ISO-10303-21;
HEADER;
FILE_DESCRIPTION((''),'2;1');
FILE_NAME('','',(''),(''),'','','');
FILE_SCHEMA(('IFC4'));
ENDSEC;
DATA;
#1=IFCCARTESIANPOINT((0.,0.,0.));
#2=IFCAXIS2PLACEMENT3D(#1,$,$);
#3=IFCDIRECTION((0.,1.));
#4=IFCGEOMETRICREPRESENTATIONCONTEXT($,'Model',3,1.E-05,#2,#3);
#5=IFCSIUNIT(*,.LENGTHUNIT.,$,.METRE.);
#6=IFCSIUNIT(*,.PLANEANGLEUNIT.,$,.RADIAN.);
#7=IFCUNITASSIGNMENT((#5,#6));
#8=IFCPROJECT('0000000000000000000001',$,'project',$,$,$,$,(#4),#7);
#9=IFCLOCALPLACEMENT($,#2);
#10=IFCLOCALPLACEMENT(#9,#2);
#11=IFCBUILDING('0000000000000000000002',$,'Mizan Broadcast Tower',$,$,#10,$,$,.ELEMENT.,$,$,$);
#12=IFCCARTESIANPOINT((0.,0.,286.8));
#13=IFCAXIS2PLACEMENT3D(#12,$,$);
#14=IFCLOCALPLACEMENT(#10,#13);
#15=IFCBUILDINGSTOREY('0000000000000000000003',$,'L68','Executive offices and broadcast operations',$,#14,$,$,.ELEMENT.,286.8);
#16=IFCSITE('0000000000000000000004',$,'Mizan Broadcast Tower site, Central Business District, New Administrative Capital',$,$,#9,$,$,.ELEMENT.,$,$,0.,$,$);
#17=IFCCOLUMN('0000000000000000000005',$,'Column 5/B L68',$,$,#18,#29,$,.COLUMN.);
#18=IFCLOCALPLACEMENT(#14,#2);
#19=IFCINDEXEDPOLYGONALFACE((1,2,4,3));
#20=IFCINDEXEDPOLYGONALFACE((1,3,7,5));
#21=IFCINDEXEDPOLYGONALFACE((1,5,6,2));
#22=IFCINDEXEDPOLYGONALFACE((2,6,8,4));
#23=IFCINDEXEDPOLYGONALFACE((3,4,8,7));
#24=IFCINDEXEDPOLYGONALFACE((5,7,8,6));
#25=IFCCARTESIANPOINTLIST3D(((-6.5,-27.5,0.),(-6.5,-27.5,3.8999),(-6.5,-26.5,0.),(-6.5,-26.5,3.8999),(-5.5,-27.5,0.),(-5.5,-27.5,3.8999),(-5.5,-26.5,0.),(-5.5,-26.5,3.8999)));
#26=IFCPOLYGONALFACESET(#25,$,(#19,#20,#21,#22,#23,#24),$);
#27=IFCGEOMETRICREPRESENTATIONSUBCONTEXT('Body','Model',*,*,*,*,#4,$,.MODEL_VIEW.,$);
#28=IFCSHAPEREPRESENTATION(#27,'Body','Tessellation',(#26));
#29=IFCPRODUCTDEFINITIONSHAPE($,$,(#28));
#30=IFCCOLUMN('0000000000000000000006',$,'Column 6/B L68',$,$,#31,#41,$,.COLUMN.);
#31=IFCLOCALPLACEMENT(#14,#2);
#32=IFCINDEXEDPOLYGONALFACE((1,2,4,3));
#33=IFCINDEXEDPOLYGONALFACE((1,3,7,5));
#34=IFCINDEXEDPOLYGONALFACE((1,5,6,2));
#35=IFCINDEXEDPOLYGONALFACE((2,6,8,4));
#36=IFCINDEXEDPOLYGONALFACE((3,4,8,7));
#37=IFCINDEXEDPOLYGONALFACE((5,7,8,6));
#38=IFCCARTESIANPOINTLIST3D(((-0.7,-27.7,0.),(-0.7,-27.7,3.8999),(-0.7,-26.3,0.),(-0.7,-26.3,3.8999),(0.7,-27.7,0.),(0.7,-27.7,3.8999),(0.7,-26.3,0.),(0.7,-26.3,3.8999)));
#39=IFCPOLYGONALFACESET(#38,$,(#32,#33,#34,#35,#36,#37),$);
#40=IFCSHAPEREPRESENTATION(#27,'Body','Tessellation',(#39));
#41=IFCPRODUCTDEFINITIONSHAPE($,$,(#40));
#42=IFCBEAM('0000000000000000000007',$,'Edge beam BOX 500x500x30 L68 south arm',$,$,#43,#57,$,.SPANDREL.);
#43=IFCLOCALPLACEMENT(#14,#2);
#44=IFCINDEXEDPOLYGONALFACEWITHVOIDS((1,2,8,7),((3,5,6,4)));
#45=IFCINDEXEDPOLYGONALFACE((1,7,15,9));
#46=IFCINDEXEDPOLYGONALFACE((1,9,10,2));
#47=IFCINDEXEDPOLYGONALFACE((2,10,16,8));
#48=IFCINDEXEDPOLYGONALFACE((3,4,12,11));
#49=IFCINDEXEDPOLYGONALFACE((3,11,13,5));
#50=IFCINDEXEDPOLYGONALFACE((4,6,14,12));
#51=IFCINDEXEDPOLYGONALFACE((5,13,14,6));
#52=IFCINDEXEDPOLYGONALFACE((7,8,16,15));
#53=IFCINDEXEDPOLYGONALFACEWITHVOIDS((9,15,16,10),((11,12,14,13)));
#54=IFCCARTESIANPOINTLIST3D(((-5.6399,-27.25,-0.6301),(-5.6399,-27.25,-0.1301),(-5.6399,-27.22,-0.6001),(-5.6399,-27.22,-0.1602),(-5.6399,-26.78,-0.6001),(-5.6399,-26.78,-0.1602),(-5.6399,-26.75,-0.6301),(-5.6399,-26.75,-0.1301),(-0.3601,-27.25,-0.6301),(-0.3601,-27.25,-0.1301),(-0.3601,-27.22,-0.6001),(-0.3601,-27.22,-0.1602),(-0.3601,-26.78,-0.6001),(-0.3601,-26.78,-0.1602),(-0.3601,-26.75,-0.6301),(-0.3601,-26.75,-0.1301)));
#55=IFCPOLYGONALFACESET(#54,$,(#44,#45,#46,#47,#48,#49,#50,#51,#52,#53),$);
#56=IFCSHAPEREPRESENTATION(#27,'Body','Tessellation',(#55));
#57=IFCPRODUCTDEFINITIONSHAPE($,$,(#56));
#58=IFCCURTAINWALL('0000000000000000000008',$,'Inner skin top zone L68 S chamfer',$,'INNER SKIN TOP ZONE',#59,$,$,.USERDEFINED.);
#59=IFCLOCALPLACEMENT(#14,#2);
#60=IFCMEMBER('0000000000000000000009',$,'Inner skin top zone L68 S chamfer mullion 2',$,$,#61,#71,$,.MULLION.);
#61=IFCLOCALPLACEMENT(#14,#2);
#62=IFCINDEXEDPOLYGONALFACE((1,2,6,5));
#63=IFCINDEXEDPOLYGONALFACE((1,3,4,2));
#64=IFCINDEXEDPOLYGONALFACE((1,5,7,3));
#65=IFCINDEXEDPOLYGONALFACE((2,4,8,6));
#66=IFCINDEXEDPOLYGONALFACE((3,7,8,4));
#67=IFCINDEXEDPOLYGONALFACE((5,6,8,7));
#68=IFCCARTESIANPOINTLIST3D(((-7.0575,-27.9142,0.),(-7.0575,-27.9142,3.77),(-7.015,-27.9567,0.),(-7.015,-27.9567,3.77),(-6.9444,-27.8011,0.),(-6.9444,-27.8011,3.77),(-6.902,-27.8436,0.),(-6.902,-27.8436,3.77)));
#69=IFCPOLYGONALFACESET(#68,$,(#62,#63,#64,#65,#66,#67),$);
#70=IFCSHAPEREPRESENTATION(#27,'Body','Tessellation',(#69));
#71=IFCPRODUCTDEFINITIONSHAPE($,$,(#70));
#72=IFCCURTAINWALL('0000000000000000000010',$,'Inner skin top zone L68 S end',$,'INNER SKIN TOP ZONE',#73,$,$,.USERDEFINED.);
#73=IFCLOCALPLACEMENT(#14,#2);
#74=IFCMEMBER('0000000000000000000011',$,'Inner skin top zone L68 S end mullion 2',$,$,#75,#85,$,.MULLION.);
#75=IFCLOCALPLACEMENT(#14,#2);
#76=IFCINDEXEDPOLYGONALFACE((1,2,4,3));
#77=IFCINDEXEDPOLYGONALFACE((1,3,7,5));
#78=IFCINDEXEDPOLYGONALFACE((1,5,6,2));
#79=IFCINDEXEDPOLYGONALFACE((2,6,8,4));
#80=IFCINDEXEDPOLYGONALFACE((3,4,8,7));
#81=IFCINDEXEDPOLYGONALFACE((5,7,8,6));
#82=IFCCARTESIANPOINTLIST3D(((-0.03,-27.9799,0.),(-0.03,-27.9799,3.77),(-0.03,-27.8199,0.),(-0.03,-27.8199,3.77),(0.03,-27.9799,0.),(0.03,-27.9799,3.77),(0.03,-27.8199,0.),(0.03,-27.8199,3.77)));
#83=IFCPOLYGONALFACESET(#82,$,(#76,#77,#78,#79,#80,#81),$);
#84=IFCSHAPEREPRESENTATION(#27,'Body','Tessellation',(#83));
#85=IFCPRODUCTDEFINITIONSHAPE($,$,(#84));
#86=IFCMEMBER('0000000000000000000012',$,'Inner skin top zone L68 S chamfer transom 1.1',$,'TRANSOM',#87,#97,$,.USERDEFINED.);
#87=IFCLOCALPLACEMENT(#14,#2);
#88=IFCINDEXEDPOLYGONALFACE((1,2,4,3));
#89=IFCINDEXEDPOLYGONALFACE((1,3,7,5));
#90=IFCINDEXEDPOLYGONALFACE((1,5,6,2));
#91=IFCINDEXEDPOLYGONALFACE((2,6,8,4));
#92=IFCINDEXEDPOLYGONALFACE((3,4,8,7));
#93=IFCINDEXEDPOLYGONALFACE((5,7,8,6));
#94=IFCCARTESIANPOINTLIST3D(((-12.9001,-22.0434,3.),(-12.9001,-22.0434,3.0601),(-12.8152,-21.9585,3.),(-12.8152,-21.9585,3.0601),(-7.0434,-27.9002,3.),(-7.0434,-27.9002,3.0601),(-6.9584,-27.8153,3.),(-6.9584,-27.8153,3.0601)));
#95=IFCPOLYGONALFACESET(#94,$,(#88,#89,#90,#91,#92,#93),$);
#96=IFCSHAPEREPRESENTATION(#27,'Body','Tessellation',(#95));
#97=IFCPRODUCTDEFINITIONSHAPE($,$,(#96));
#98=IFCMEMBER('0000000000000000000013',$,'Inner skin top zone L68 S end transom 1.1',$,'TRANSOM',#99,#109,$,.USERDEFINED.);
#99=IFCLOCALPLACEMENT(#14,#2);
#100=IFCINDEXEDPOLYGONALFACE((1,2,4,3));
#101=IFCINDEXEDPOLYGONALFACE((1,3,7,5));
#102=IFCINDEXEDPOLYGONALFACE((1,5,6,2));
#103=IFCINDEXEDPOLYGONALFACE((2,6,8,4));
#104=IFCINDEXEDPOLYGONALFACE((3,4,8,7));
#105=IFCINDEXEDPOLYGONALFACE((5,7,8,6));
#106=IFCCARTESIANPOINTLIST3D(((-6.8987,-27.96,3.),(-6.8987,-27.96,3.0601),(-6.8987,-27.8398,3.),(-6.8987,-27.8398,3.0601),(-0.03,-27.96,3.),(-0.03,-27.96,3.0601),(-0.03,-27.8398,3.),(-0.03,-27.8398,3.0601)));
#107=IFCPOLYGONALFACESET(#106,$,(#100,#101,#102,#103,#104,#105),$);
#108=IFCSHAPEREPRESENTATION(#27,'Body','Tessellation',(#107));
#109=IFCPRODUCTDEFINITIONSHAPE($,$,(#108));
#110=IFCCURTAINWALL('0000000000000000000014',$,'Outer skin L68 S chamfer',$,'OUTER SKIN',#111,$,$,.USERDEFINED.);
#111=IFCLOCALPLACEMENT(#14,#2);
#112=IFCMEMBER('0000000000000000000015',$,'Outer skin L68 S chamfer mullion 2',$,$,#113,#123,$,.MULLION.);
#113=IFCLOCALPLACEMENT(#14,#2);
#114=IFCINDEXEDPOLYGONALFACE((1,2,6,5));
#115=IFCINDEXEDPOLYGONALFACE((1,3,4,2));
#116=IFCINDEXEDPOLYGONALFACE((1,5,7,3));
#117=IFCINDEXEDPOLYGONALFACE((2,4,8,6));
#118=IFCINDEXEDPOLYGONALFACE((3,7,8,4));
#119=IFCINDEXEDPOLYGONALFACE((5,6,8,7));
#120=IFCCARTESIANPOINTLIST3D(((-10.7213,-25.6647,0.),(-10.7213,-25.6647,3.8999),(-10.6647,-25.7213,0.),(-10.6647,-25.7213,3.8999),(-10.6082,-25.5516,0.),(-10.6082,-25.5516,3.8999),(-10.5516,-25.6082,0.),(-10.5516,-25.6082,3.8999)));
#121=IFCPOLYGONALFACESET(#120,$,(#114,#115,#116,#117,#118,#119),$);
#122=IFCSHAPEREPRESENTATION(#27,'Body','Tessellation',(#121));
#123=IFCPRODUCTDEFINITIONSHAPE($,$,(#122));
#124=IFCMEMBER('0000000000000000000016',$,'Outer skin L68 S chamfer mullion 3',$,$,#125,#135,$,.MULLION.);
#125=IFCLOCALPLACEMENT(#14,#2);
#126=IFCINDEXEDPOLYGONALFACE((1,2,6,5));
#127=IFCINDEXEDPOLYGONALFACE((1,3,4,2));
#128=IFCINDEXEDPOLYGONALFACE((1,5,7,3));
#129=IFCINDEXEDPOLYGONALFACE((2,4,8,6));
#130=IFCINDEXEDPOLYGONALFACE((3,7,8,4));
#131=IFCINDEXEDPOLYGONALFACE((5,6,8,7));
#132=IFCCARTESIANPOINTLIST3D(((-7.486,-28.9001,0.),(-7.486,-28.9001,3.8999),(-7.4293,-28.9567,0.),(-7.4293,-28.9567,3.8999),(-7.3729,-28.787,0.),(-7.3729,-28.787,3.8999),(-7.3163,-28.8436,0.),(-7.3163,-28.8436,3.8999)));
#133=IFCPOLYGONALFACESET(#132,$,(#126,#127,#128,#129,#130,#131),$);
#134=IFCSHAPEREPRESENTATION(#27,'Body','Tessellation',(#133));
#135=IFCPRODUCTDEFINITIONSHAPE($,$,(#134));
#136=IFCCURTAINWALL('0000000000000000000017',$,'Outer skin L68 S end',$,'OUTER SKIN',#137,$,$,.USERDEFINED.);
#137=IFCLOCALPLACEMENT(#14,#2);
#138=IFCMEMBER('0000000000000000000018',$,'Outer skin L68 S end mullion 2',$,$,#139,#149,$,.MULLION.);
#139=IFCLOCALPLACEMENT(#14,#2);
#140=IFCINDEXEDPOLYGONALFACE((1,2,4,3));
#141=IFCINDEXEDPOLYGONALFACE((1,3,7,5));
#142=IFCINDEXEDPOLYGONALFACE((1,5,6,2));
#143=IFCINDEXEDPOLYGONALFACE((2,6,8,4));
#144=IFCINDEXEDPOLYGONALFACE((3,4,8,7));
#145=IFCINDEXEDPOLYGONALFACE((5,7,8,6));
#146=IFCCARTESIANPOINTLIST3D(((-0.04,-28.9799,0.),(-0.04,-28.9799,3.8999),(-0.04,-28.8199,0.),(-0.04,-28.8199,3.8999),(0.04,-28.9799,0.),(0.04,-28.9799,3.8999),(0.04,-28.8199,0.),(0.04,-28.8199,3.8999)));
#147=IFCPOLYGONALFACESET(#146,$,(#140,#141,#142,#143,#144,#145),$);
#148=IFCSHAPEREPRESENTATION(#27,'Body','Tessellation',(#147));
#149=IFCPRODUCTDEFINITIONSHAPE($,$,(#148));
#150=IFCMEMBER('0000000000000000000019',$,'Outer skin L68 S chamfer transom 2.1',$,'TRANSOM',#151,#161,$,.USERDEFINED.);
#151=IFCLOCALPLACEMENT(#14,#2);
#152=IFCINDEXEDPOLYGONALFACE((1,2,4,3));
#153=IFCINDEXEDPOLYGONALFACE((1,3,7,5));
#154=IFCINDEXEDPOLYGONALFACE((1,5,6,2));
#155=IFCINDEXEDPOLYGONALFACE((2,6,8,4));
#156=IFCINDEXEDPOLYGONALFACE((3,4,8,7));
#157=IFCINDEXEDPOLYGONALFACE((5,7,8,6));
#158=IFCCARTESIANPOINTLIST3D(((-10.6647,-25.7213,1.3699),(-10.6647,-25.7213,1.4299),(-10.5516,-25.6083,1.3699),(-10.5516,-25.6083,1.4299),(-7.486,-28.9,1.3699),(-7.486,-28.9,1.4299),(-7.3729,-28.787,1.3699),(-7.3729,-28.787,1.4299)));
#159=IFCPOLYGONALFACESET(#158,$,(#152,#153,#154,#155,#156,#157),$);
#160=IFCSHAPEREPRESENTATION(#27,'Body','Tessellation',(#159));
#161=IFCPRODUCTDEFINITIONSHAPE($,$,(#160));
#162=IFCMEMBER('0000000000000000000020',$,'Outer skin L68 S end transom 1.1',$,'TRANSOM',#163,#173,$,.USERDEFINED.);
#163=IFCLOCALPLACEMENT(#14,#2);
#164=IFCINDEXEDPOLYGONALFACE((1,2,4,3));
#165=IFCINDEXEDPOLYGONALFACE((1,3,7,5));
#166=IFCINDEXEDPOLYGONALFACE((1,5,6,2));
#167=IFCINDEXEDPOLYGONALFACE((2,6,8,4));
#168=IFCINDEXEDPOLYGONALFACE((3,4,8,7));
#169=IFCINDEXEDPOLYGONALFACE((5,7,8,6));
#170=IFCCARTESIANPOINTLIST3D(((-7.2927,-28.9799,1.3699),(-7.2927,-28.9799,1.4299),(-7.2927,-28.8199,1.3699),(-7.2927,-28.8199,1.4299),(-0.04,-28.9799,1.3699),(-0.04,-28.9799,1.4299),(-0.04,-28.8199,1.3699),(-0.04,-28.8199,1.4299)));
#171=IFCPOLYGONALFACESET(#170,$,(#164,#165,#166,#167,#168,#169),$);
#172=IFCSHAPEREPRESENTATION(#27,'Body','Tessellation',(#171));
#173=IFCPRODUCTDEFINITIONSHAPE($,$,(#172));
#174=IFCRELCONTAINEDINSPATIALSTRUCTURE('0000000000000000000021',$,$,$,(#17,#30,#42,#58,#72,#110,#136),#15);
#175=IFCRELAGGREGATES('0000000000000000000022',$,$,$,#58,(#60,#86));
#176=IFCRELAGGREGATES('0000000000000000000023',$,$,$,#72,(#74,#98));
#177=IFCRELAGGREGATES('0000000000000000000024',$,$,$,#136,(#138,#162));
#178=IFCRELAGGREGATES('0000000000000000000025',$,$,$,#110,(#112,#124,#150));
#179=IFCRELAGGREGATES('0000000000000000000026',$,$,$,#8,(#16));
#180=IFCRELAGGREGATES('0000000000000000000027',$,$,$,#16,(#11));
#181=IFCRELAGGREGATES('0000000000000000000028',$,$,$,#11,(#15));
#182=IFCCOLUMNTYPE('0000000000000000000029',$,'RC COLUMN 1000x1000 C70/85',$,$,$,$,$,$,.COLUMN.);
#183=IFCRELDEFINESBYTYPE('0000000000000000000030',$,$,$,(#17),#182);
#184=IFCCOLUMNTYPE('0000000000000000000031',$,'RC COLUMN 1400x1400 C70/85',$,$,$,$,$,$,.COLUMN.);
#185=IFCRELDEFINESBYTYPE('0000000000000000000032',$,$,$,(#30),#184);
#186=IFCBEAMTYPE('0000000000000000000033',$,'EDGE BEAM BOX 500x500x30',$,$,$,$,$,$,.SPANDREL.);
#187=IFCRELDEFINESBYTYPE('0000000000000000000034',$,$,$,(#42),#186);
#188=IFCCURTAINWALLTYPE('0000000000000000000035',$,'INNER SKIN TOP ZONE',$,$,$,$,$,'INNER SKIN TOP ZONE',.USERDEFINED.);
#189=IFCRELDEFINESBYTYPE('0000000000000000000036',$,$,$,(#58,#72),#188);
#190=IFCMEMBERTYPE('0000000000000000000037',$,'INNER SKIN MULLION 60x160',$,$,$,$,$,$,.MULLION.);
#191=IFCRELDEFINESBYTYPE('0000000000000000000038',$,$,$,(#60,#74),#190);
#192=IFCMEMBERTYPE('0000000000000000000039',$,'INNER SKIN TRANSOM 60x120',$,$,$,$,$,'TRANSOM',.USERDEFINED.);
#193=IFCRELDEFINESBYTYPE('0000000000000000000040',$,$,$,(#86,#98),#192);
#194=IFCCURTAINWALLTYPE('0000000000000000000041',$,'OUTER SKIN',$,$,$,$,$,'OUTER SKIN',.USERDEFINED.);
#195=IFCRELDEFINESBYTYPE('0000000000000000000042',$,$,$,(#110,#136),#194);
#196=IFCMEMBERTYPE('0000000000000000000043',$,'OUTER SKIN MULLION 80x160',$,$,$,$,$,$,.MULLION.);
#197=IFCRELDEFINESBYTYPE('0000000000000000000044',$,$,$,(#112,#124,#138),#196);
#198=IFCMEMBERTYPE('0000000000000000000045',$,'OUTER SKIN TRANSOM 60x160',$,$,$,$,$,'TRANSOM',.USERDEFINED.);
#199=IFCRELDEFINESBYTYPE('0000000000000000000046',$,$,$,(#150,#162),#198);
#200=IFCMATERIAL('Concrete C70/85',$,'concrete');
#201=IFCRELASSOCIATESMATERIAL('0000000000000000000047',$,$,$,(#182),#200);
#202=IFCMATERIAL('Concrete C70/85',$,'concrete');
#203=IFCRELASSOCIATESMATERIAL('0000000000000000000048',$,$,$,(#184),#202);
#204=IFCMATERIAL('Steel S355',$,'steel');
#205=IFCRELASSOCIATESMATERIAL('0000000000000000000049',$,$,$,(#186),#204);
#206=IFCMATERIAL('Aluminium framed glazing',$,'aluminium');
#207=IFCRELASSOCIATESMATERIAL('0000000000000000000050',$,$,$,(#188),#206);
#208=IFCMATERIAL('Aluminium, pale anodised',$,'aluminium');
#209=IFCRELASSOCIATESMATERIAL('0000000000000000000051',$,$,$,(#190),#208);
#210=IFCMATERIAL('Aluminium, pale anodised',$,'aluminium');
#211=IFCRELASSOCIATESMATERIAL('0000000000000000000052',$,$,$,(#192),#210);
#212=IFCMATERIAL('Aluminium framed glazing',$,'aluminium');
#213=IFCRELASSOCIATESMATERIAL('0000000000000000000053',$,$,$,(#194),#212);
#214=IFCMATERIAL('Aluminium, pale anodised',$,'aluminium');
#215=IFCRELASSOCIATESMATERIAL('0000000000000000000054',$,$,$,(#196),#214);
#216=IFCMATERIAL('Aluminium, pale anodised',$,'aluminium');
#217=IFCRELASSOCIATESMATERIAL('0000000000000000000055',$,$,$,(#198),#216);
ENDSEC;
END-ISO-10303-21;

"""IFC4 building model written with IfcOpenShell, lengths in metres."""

from ifc_helpers import new_model, si_unit, direction, frame, origin, origin_2d, place, context, subcontext, project, spatial, rectangle, hollow_rectangle, extrude, material, material_profile, profile_set, type_object, element, aggregate, save


model = new_model("IFC4")

# Units and contexts
model_context = context("Model", 3, precision=1e-05, world=origin(), true_north=direction((0.0, 1.0)))
body_context = subcontext(model_context, "Body", "Model", "MODEL_VIEW")
ifc_project = project(units=[si_unit("LENGTHUNIT", "METRE"), si_unit("PLANEANGLEUNIT", "RADIAN")], contexts=[model_context])

# Site, building, storey
site_placement = place(None, origin())
site = spatial("IfcSite", under=ifc_project, at=site_placement, Name="Mizan Broadcast Tower site, Central Business District, New Administrative Capital", CompositionType="ELEMENT", RefElevation=0.0)
building_placement = place(site_placement, origin())
building = spatial("IfcBuilding", under=site, at=building_placement, Name="Mizan Broadcast Tower", CompositionType="ELEMENT")
storey_placement = place(building_placement, frame((0.0, 0.0, 286.8)))
storey = spatial("IfcBuildingStorey", under=building, at=storey_placement, Name="L68", Description="Executive offices and broadcast operations", CompositionType="ELEMENT", Elevation=286.8)

# Columns
ifc_material_1 = material(Name="Concrete C70/85", Category="concrete")
ifc_material_profile_1 = material_profile(ifc_material_1, rectangle(XDim=1.0, YDim=1.0, at=origin_2d()), Name="RC 1000x1000")
ifc_profile_set_1 = profile_set([ifc_material_profile_1], Name="Concrete C70/85")
column_type_1 = type_object("IfcColumnType", Name="RC COLUMN 1000x1000 C70/85", PredefinedType="COLUMN", material=ifc_profile_set_1)
column_1_placement = place(storey_placement, frame((-6.0, -27.0, 0.0), z_axis=(0.0, 0.0, 1.0), x_axis=(1.0, 0.0, 0.0)))
element("IfcColumn", 1, at=column_1_placement, inside=storey, type_object=column_type_1, Name="Column 5/B L68", PredefinedType="COLUMN", context=body_context, shape_type="SweptSolid", body=[
    extrude(rectangle(XDim=1.0, YDim=1.0, at=origin_2d()), origin(), (0.0, 0.0, 1.0), 3.8999),
])
ifc_material_2 = material(Name="Concrete C70/85", Category="concrete")
ifc_material_profile_2 = material_profile(ifc_material_2, rectangle(XDim=1.3999, YDim=1.3999, at=origin_2d()), Name="RC 1400x1400")
ifc_profile_set_2 = profile_set([ifc_material_profile_2], Name="Concrete C70/85")
column_type_2 = type_object("IfcColumnType", Name="RC COLUMN 1400x1400 C70/85", PredefinedType="COLUMN", material=ifc_profile_set_2)
column_2_placement = place(storey_placement, frame((0.0, -27.0, 0.0), z_axis=(0.0, 0.0, 1.0), x_axis=(1.0, 0.0, 0.0)))
element("IfcColumn", 2, at=column_2_placement, inside=storey, type_object=column_type_2, Name="Column 6/B L68", PredefinedType="COLUMN", context=body_context, shape_type="SweptSolid", body=[
    extrude(rectangle(XDim=1.3999, YDim=1.3999, at=origin_2d()), origin(), (0.0, 0.0, 1.0), 3.8999),
])

# Beam
ifc_material_3 = material(Name="Steel S355", Category="steel")
ifc_material_profile_3 = material_profile(ifc_material_3, hollow_rectangle(XDim=0.5, YDim=0.5, WallThickness=0.03, at=origin_2d()), Name="BOX 500x500x30")
ifc_profile_set_3 = profile_set([ifc_material_profile_3], Name="Steel S355")
beam_type_1 = type_object("IfcBeamType", Name="EDGE BEAM BOX 500x500x30", PredefinedType="SPANDREL", material=ifc_profile_set_3)
beam_1_placement = place(storey_placement, frame((-5.6399, -27.0, -0.3801), z_axis=(1.0, 0.0, 0.0), x_axis=(0.0, 1.0, 0.0)))
element("IfcBeam", 3, at=beam_1_placement, inside=storey, type_object=beam_type_1, Name="Edge beam BOX 500x500x30 L68 south arm", PredefinedType="SPANDREL", context=body_context, shape_type="SweptSolid", body=[
    extrude(hollow_rectangle(XDim=0.5, YDim=0.5, WallThickness=0.03, at=origin_2d()), origin(), (0.0, 0.0, 1.0), 5.2798),
])

# Curtain walls, members
ifc_material_4 = material(Name="Aluminium framed glazing", Category="aluminium")
curtain_wall_type_1 = type_object("IfcCurtainWallType", Name="INNER SKIN TOP ZONE", ElementType="INNER SKIN TOP ZONE", PredefinedType="USERDEFINED", material=ifc_material_4)
curtain_wall_1_placement = place(storey_placement, origin())
curtain_wall_1 = element("IfcCurtainWall", 4, at=curtain_wall_1_placement, inside=storey, type_object=curtain_wall_type_1, Name="Inner skin top zone L68 S chamfer", ObjectType="INNER SKIN TOP ZONE", PredefinedType="USERDEFINED")
ifc_material_5 = material(Name="Aluminium, pale anodised", Category="aluminium")
ifc_material_profile_4 = material_profile(ifc_material_5, rectangle(XDim=0.1599, YDim=0.0601, at=origin_2d()), Name="MULLION 160x60")
ifc_profile_set_4 = profile_set([ifc_material_profile_4], Name="Aluminium, pale anodised")
member_type_1 = type_object("IfcMemberType", Name="INNER SKIN MULLION 60x160", PredefinedType="MULLION", material=ifc_profile_set_4)
member_1_placement = place(storey_placement, frame((-6.9797, -27.8789, 0.0), z_axis=(0.0, 0.0, 1.0), x_axis=(0.707107, 0.707107, 0.0)))
member_1 = element("IfcMember", 5, at=member_1_placement, type_object=member_type_1, Name="Inner skin top zone L68 S chamfer mullion 2", PredefinedType="MULLION", context=body_context, shape_type="SweptSolid", body=[
    extrude(rectangle(XDim=0.1599, YDim=0.0601, at=origin_2d()), origin(), (0.0, 0.0, 1.0), 3.77),
])
curtain_wall_2_placement = place(storey_placement, origin())
curtain_wall_2 = element("IfcCurtainWall", 6, at=curtain_wall_2_placement, inside=storey, type_object=curtain_wall_type_1, Name="Inner skin top zone L68 S end", ObjectType="INNER SKIN TOP ZONE", PredefinedType="USERDEFINED")
member_2_placement = place(storey_placement, frame((0.0, -27.8999, 0.0), z_axis=(0.0, 0.0, 1.0), x_axis=(0.0, 1.0, 0.0)))
member_2 = element("IfcMember", 7, at=member_2_placement, type_object=member_type_1, Name="Inner skin top zone L68 S end mullion 2", PredefinedType="MULLION", context=body_context, shape_type="SweptSolid", body=[
    extrude(rectangle(XDim=0.1599, YDim=0.0601, at=origin_2d()), origin(), (0.0, 0.0, 1.0), 3.77),
])

# Members
ifc_material_6 = material(Name="Aluminium, pale anodised", Category="aluminium")
ifc_material_profile_5 = material_profile(ifc_material_6, rectangle(XDim=0.1201, YDim=0.0601, at=origin_2d()), Name="TRANSOM 120x60")
ifc_profile_set_5 = profile_set([ifc_material_profile_5], Name="Aluminium, pale anodised")
member_type_2 = type_object("IfcMemberType", Name="INNER SKIN TRANSOM 60x120", ElementType="TRANSOM", PredefinedType="USERDEFINED", material=ifc_profile_set_5)
member_3_placement = place(storey_placement, frame((-12.8577, -22.001, 3.03), z_axis=(0.707107, -0.707107, 0.0), x_axis=(0.707107, 0.707107, 0.0)))
member_3 = element("IfcMember", 8, at=member_3_placement, type_object=member_type_2, Name="Inner skin top zone L68 S chamfer transom 1.1", ObjectType="TRANSOM", PredefinedType="USERDEFINED", context=body_context, shape_type="SweptSolid", body=[
    extrude(rectangle(XDim=0.1201, YDim=0.0601, at=origin_2d()), origin(), (0.0, 0.0, 1.0), 8.2827),
])
member_4_placement = place(storey_placement, frame((-6.8987, -27.8999, 3.03), z_axis=(1.0, 0.0, 0.0), x_axis=(0.0, 1.0, 0.0)))
member_4 = element("IfcMember", 9, at=member_4_placement, type_object=member_type_2, Name="Inner skin top zone L68 S end transom 1.1", ObjectType="TRANSOM", PredefinedType="USERDEFINED", context=body_context, shape_type="SweptSolid", body=[
    extrude(rectangle(XDim=0.1201, YDim=0.0601, at=origin_2d()), origin(), (0.0, 0.0, 1.0), 6.8687),
])

# Curtain wall, members
ifc_material_7 = material(Name="Aluminium framed glazing", Category="aluminium")
curtain_wall_type_2 = type_object("IfcCurtainWallType", Name="OUTER SKIN", ElementType="OUTER SKIN", PredefinedType="USERDEFINED", material=ifc_material_7)
curtain_wall_3_placement = place(storey_placement, origin())
curtain_wall_3 = element("IfcCurtainWall", 10, at=curtain_wall_3_placement, inside=storey, type_object=curtain_wall_type_2, Name="Outer skin L68 S chamfer", ObjectType="OUTER SKIN", PredefinedType="USERDEFINED")
ifc_material_8 = material(Name="Aluminium, pale anodised", Category="aluminium")
ifc_material_profile_6 = material_profile(ifc_material_8, rectangle(XDim=0.1599, YDim=0.0801, at=origin_2d()), Name="MULLION 160x80")
ifc_profile_set_6 = profile_set([ifc_material_profile_6], Name="Aluminium, pale anodised")
member_type_3 = type_object("IfcMemberType", Name="OUTER SKIN MULLION 80x160", PredefinedType="MULLION", material=ifc_profile_set_6)
member_5_placement = place(storey_placement, frame((-10.6365, -25.6365, 0.0), z_axis=(0.0, 0.0, 1.0), x_axis=(0.707107, 0.707107, 0.0)))
member_5 = element("IfcMember", 11, at=member_5_placement, type_object=member_type_3, Name="Outer skin L68 S chamfer mullion 2", PredefinedType="MULLION", context=body_context, shape_type="SweptSolid", body=[
    extrude(rectangle(XDim=0.1599, YDim=0.0801, at=origin_2d()), origin(), (0.0, 0.0, 1.0), 3.8999),
])
member_6_placement = place(storey_placement, frame((-7.4011, -28.8718, 0.0), z_axis=(0.0, 0.0, 1.0), x_axis=(0.707107, 0.707107, 0.0)))
member_6 = element("IfcMember", 12, at=member_6_placement, type_object=member_type_3, Name="Outer skin L68 S chamfer mullion 3", PredefinedType="MULLION", context=body_context, shape_type="SweptSolid", body=[
    extrude(rectangle(XDim=0.1599, YDim=0.0801, at=origin_2d()), origin(), (0.0, 0.0, 1.0), 3.8999),
])

# Curtain wall, member
curtain_wall_4_placement = place(storey_placement, origin())
curtain_wall_4 = element("IfcCurtainWall", 13, at=curtain_wall_4_placement, inside=storey, type_object=curtain_wall_type_2, Name="Outer skin L68 S end", ObjectType="OUTER SKIN", PredefinedType="USERDEFINED")
member_7_placement = place(storey_placement, frame((0.0, -28.8999, 0.0), z_axis=(0.0, 0.0, 1.0), x_axis=(0.0, 1.0, 0.0)))
member_7 = element("IfcMember", 14, at=member_7_placement, type_object=member_type_3, Name="Outer skin L68 S end mullion 2", PredefinedType="MULLION", context=body_context, shape_type="SweptSolid", body=[
    extrude(rectangle(XDim=0.1599, YDim=0.0801, at=origin_2d()), origin(), (0.0, 0.0, 1.0), 3.8999),
])

# Members
ifc_material_9 = material(Name="Aluminium, pale anodised", Category="aluminium")
ifc_material_profile_7 = material_profile(ifc_material_9, rectangle(XDim=0.1599, YDim=0.0601, at=origin_2d()), Name="TRANSOM 160x60")
ifc_profile_set_7 = profile_set([ifc_material_profile_7], Name="Aluminium, pale anodised")
member_type_4 = type_object("IfcMemberType", Name="OUTER SKIN TRANSOM 60x160", ElementType="TRANSOM", PredefinedType="USERDEFINED", material=ifc_profile_set_7)
member_8_placement = place(storey_placement, frame((-10.6082, -25.6648, 1.3999), z_axis=(0.707107, -0.707107, 0.0), x_axis=(0.707107, 0.707107, 0.0)))
member_8 = element("IfcMember", 15, at=member_8_placement, type_object=member_type_4, Name="Outer skin L68 S chamfer transom 2.1", ObjectType="TRANSOM", PredefinedType="USERDEFINED", context=body_context, shape_type="SweptSolid", body=[
    extrude(rectangle(XDim=0.1599, YDim=0.0601, at=origin_2d()), origin(), (0.0, 0.0, 1.0), 4.4954),
])
member_9_placement = place(storey_placement, frame((-7.2927, -28.8999, 1.3999), z_axis=(1.0, 0.0, 0.0), x_axis=(0.0, 1.0, 0.0)))
member_9 = element("IfcMember", 16, at=member_9_placement, type_object=member_type_4, Name="Outer skin L68 S end transom 1.1", ObjectType="TRANSOM", PredefinedType="USERDEFINED", context=body_context, shape_type="SweptSolid", body=[
    extrude(rectangle(XDim=0.1599, YDim=0.0601, at=origin_2d()), origin(), (0.0, 0.0, 1.0), 7.2527),
])

aggregate(curtain_wall_1, [member_1, member_3])
aggregate(curtain_wall_2, [member_2, member_4])
aggregate(curtain_wall_4, [member_7, member_9])
aggregate(curtain_wall_3, [member_5, member_6, member_8])

save(model, "model.ifc")
